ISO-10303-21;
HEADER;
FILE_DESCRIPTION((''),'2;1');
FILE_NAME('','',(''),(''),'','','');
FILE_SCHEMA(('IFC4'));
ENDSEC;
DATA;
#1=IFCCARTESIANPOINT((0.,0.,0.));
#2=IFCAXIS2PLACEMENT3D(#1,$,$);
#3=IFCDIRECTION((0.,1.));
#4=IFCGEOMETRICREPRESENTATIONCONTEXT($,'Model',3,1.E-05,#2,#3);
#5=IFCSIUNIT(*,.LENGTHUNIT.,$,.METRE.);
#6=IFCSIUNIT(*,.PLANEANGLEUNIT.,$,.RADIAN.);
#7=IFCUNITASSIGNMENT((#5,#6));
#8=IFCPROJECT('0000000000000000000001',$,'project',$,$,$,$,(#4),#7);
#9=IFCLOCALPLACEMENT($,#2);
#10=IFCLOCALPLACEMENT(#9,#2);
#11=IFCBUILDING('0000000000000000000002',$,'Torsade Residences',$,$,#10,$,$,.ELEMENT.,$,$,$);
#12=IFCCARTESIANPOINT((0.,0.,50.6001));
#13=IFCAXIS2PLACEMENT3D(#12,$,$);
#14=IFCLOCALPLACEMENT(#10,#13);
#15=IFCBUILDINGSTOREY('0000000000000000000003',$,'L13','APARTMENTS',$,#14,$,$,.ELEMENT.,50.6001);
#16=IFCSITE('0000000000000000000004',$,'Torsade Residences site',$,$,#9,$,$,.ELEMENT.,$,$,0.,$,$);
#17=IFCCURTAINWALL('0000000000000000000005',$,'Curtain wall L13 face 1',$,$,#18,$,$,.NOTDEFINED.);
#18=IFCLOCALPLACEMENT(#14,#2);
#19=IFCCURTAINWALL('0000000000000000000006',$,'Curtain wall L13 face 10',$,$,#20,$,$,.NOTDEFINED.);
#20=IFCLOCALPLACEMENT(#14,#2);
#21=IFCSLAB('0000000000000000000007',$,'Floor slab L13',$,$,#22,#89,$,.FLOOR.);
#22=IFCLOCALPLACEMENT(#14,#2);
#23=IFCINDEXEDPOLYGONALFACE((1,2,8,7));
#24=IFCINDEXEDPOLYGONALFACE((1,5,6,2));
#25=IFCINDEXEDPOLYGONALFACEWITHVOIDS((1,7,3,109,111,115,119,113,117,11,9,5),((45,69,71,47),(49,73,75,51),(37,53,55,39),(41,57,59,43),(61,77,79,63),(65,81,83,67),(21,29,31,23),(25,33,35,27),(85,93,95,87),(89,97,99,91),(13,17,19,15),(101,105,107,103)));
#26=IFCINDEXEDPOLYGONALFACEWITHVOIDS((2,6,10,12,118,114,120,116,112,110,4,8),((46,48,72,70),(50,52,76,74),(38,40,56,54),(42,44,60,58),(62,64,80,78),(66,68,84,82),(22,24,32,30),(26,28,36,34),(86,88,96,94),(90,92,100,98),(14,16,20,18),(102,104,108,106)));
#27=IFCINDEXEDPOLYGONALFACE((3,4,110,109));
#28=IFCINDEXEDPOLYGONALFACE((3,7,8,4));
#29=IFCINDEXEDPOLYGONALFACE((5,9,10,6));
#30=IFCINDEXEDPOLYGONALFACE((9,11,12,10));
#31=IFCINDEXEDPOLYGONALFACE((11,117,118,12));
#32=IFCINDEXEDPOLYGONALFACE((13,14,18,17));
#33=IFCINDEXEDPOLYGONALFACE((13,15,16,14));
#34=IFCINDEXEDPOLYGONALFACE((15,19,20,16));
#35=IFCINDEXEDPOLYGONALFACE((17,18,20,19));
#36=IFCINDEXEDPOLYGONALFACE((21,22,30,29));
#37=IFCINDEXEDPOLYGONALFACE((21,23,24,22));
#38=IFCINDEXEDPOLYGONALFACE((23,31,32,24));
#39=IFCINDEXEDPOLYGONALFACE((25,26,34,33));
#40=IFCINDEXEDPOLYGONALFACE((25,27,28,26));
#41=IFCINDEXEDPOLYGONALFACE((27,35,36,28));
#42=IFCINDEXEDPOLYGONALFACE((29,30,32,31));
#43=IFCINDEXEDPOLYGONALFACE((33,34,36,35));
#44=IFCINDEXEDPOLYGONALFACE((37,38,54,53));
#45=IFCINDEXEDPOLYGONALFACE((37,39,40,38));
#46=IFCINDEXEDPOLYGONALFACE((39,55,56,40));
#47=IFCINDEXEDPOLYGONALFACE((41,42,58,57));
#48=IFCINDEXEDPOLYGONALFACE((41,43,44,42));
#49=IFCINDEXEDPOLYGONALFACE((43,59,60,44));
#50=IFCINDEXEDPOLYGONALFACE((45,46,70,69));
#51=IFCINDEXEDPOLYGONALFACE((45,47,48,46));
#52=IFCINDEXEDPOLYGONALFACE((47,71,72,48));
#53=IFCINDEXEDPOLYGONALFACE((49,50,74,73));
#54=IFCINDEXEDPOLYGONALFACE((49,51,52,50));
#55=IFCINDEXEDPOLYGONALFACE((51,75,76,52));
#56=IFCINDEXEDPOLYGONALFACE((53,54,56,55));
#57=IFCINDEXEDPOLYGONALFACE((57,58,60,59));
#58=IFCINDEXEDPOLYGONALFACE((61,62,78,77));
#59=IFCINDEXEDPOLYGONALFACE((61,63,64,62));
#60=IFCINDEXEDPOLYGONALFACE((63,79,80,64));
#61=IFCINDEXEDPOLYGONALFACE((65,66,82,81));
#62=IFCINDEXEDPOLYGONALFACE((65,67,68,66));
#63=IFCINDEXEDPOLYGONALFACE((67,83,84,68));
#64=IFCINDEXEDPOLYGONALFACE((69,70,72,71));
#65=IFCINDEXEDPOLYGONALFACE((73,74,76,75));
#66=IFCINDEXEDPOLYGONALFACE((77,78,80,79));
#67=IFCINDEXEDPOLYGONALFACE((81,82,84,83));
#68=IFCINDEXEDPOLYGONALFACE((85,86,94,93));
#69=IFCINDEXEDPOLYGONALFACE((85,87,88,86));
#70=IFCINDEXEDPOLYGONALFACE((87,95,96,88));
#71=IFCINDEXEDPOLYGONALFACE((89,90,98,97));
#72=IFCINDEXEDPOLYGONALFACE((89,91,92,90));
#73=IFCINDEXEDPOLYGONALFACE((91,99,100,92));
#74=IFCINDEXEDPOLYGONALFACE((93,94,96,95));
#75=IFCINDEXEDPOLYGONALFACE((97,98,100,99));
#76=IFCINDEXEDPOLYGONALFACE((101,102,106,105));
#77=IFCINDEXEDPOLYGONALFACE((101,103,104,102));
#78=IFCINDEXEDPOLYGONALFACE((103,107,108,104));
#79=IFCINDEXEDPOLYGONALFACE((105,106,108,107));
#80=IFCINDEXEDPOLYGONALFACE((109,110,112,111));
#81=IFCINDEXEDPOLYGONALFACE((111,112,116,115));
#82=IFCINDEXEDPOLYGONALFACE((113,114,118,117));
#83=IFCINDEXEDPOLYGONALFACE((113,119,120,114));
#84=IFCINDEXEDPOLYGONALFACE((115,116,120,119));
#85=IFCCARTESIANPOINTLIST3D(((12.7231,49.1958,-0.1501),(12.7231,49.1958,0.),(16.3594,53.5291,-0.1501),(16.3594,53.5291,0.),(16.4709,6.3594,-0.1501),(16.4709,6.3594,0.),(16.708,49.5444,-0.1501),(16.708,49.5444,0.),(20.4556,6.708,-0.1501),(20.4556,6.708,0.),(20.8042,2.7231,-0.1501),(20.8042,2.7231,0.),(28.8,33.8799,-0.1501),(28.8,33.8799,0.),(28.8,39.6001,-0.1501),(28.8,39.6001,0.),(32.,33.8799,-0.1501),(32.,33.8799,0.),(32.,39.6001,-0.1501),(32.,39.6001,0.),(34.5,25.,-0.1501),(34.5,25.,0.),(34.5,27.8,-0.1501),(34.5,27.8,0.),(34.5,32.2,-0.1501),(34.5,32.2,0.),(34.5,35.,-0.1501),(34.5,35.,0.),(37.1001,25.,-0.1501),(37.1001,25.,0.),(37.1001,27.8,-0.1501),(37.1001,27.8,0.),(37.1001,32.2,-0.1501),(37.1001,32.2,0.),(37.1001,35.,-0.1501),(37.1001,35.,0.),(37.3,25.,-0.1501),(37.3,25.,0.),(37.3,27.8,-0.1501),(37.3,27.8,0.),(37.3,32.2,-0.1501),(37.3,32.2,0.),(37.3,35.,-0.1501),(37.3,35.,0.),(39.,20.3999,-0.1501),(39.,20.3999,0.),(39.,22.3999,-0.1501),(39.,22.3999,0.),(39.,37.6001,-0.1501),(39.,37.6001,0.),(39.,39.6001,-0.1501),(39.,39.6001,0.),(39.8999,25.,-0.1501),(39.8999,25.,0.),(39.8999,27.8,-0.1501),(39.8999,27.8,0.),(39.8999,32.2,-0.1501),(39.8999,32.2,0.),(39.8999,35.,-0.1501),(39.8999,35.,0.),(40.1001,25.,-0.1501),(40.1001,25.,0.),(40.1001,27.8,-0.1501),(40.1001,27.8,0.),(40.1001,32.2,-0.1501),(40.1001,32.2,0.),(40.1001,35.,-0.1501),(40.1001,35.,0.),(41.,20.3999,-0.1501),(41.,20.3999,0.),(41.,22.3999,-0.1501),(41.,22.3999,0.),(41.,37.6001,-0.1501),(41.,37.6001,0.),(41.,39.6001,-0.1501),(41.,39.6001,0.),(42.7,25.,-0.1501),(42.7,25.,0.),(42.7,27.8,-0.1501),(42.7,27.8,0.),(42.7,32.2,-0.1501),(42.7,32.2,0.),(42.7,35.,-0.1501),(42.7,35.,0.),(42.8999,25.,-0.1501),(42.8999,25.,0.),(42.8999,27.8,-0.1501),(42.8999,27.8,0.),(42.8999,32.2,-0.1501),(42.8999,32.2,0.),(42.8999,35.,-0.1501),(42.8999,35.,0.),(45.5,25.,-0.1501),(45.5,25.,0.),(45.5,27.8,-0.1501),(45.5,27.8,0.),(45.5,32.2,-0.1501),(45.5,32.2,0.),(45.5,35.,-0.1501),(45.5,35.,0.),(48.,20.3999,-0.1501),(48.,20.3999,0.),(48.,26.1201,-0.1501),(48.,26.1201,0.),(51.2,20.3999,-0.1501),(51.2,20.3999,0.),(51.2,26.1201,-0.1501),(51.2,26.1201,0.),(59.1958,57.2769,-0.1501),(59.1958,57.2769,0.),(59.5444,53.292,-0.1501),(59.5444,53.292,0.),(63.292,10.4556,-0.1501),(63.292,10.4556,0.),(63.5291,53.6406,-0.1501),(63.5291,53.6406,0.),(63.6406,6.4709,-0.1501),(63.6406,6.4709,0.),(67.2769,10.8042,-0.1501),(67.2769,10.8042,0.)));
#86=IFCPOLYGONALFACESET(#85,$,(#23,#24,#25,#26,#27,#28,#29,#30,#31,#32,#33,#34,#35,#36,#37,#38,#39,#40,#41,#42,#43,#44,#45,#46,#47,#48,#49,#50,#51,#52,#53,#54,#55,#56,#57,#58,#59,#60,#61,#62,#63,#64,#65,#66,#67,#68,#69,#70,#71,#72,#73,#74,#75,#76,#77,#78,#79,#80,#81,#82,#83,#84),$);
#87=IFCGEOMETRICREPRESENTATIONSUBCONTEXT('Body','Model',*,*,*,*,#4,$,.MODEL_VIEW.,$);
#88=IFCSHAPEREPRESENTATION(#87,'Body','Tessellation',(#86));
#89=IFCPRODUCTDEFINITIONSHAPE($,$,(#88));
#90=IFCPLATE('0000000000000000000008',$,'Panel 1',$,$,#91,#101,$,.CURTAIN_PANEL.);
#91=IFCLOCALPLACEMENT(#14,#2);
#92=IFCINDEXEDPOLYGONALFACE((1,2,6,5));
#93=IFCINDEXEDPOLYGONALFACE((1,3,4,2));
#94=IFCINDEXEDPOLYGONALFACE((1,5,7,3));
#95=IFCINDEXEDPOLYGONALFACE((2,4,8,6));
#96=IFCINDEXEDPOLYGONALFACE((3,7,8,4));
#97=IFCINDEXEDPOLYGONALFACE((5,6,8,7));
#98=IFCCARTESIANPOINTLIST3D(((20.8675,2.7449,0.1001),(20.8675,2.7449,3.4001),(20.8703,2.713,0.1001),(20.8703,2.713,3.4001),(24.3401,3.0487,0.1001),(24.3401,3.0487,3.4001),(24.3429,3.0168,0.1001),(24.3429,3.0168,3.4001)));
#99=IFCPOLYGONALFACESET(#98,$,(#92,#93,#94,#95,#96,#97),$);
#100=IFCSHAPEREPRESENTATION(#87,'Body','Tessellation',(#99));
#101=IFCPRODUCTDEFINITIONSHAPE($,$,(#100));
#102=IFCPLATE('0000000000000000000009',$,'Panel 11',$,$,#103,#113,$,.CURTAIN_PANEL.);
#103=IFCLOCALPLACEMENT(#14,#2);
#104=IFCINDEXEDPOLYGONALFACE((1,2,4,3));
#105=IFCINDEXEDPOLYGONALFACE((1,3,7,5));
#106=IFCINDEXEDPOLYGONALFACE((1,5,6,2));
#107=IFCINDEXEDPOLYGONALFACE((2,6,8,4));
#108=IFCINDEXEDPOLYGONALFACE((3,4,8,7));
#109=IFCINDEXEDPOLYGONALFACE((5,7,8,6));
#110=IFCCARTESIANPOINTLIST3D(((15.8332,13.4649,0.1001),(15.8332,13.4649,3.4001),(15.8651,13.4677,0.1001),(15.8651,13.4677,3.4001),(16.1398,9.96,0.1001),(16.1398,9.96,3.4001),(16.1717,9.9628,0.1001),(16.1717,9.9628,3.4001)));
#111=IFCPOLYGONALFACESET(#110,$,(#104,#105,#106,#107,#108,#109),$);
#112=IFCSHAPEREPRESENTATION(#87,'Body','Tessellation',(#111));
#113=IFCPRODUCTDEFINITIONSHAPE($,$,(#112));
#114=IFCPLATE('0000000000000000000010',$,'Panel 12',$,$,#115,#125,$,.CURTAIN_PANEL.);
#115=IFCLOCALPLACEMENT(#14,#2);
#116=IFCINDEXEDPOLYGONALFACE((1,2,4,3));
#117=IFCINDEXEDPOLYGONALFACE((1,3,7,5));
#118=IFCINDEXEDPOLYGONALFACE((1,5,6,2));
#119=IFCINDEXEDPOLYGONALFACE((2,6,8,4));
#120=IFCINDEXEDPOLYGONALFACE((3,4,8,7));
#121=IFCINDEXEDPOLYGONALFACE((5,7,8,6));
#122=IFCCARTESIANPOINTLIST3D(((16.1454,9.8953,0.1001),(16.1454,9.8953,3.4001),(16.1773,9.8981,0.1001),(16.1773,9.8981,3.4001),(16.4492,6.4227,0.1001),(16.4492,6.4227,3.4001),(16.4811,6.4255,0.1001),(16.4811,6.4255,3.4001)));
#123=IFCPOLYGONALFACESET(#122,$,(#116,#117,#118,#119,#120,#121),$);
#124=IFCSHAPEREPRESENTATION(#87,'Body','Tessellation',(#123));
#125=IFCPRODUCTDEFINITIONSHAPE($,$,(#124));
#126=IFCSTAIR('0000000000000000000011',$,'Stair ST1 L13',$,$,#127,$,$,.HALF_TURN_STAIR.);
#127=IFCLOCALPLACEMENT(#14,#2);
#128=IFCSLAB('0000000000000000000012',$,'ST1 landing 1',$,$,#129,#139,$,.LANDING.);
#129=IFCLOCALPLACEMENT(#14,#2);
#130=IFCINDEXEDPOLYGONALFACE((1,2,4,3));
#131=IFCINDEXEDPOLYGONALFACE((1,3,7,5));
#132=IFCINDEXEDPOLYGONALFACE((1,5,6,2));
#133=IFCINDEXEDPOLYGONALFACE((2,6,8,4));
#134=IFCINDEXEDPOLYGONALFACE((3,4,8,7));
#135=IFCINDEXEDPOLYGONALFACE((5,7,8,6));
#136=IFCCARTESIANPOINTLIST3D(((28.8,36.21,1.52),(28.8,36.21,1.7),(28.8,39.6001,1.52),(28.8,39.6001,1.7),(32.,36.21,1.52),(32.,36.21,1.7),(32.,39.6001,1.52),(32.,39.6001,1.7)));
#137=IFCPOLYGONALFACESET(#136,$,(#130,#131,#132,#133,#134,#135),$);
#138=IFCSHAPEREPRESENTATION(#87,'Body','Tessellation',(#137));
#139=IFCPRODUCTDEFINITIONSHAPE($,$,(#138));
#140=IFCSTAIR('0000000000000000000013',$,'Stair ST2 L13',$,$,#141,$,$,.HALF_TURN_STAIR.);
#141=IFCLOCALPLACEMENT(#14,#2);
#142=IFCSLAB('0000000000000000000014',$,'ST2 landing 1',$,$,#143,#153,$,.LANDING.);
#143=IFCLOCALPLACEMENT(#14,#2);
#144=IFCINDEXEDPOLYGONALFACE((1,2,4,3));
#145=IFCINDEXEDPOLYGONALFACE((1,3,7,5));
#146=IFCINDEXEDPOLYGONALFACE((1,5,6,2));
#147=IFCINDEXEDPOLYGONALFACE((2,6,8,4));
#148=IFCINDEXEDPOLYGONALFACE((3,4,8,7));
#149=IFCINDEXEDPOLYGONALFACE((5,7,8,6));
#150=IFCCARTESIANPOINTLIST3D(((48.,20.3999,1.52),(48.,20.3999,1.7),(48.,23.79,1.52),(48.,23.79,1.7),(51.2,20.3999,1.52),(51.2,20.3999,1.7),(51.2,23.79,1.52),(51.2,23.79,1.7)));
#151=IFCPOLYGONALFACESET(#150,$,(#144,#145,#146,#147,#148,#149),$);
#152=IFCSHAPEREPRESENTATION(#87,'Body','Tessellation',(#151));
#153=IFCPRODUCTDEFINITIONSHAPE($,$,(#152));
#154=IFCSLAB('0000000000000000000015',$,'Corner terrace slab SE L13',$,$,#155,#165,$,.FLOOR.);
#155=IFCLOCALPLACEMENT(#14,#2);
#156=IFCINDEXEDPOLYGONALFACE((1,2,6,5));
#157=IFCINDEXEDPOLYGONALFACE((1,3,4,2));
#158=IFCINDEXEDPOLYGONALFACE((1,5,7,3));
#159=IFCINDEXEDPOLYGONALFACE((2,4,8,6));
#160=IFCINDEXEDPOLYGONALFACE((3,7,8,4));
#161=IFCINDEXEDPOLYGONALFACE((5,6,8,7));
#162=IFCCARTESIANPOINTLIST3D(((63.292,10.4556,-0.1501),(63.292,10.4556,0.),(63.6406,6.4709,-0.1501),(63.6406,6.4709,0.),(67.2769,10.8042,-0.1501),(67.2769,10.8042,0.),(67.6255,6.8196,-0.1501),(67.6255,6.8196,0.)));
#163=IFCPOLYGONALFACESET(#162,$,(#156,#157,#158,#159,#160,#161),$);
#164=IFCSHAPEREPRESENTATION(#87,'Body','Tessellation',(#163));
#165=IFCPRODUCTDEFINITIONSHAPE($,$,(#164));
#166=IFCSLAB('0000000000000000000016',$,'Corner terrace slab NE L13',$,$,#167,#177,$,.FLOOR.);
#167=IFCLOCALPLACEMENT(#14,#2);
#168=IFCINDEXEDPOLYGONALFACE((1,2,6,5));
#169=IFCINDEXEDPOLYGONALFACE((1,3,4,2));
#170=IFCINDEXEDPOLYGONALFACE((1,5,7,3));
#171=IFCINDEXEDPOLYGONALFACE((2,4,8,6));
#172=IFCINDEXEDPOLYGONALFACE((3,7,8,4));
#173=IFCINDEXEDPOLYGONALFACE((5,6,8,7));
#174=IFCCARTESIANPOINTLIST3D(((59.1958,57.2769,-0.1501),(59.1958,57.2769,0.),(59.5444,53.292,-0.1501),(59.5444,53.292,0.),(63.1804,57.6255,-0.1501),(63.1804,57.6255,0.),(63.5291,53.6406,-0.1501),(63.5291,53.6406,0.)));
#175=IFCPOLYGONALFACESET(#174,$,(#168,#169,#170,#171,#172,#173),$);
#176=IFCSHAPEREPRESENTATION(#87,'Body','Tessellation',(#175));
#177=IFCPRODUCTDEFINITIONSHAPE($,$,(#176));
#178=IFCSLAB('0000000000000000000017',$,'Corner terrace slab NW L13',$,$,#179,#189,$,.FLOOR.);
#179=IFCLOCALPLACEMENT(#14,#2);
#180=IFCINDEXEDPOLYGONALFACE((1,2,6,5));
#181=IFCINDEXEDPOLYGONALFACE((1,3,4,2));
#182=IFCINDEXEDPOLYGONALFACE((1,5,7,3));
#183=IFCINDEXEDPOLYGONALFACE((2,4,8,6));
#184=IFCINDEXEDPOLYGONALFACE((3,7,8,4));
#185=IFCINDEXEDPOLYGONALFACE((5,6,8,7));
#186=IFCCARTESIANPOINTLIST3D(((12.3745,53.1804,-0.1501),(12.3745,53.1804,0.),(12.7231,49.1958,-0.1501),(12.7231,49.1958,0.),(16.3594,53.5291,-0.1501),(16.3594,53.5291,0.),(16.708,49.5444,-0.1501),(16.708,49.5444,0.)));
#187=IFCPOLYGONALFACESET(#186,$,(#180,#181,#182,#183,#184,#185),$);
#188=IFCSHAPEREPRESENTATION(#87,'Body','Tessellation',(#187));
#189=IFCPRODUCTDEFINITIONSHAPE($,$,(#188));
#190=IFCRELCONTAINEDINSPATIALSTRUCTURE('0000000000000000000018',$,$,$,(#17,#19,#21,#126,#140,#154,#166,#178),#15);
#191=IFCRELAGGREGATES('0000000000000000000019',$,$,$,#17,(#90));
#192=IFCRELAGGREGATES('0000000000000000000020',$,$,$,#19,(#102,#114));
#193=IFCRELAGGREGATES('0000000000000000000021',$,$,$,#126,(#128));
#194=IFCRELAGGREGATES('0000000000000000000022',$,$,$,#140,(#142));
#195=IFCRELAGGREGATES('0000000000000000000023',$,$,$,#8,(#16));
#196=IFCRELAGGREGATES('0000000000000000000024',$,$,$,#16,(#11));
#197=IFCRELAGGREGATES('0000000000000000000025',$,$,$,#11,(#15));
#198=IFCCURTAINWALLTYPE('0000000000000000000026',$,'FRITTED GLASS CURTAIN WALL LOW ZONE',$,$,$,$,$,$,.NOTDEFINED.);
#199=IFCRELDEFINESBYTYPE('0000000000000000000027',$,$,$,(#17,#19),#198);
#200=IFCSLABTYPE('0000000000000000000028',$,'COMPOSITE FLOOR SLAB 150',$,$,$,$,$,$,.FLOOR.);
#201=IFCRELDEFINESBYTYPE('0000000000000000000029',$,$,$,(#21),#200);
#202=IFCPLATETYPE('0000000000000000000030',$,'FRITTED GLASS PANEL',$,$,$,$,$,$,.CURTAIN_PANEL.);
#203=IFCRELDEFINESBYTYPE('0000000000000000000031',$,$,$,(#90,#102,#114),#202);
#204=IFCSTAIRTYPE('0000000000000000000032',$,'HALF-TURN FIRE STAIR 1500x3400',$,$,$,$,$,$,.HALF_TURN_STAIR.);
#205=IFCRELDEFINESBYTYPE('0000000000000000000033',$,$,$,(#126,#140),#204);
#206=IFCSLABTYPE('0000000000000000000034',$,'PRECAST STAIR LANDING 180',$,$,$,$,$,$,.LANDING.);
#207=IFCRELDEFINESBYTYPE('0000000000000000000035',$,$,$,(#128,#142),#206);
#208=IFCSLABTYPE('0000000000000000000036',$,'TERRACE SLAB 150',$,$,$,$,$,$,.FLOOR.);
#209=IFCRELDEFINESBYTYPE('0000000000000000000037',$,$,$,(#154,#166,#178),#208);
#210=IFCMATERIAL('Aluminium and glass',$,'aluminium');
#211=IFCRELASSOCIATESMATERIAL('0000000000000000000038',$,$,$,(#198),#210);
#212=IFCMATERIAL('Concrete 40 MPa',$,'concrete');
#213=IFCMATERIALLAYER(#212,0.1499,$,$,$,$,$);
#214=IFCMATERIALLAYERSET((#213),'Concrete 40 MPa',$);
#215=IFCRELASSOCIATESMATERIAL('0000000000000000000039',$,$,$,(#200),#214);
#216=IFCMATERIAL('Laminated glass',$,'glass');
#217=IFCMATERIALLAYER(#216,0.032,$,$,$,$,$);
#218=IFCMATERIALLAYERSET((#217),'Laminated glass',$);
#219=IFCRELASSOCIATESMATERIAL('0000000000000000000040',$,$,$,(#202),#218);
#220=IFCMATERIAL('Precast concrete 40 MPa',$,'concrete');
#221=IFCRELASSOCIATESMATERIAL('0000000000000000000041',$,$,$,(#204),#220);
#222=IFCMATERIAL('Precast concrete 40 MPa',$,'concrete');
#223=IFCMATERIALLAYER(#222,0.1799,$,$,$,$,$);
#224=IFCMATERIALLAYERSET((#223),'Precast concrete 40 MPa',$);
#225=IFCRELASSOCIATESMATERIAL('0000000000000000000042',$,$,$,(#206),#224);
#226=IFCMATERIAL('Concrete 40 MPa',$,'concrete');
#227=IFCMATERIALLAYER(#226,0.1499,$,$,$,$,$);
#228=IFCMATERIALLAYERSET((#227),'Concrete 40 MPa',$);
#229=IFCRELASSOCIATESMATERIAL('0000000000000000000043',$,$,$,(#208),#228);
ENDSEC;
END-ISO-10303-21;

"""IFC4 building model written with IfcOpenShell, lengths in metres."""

from ifc_helpers import new_model, si_unit, direction, frame, origin, origin_2d, place, context, subcontext, project, spatial, polyline, rectangle, outline, extrude, material, layer, layer_set, type_object, element, aggregate, save


model = new_model("IFC4")

# Units and contexts
model_context = context("Model", 3, precision=1e-05, world=origin(), true_north=direction((0.0, 1.0)))
body_context = subcontext(model_context, "Body", "Model", "MODEL_VIEW")
ifc_project = project(units=[si_unit("LENGTHUNIT", "METRE"), si_unit("PLANEANGLEUNIT", "RADIAN")], contexts=[model_context])

# Site, building, storey
site_placement = place(None, origin())
site = spatial("IfcSite", under=ifc_project, at=site_placement, Name="Torsade Residences site", CompositionType="ELEMENT", RefElevation=0.0)
building_placement = place(site_placement, origin())
building = spatial("IfcBuilding", under=site, at=building_placement, Name="Torsade Residences", CompositionType="ELEMENT")
storey_placement = place(building_placement, frame((0.0, 0.0, 50.6001)))
storey = spatial("IfcBuildingStorey", under=building, at=storey_placement, Name="L13", Description="APARTMENTS", CompositionType="ELEMENT", Elevation=50.6001)

# Curtain wall
ifc_material_1 = material(Name="Aluminium and glass", Category="aluminium")
curtain_wall_type = type_object("IfcCurtainWallType", Name="FRITTED GLASS CURTAIN WALL LOW ZONE", PredefinedType="NOTDEFINED", material=ifc_material_1)
curtain_wall_1_placement = place(storey_placement, origin())
curtain_wall_1 = element("IfcCurtainWall", 1, at=curtain_wall_1_placement, inside=storey, type_object=curtain_wall_type, Name="Curtain wall L13 face 1", PredefinedType="NOTDEFINED")

# Curtain wall
curtain_wall_2_placement = place(storey_placement, origin())
curtain_wall_2 = element("IfcCurtainWall", 2, at=curtain_wall_2_placement, inside=storey, type_object=curtain_wall_type, Name="Curtain wall L13 face 10", PredefinedType="NOTDEFINED")

# Slab
ifc_material_2 = material(Name="Concrete 40 MPa", Category="concrete")
ifc_layer_1 = layer(ifc_material_2, 0.1499)
ifc_layer_set_1 = layer_set([ifc_layer_1], Name="Concrete 40 MPa")
slab_type_1 = type_object("IfcSlabType", Name="COMPOSITE FLOOR SLAB 150", PredefinedType="FLOOR", material=ifc_layer_set_1)
slab_1_placement = place(storey_placement, frame((0.0, 0.0, -0.1501)))
element("IfcSlab", 3, at=slab_1_placement, inside=storey, type_object=slab_type_1, Name="Floor slab L13", PredefinedType="FLOOR", context=body_context, shape_type="SweptSolid", body=[
    extrude(outline(polyline([(20.8042, 2.7231), (63.6406, 6.4709), (63.292, 10.4556), (67.2769, 10.8042), (63.5291, 53.6406), (59.5444, 53.292), (59.1958, 57.2769), (16.3594, 53.5291), (16.708, 49.5444), (12.7231, 49.1958), (16.4709, 6.3594), (20.4556, 6.708), (20.8042, 2.7231)]), holes=[polyline([(51.2, 20.3999), (51.2, 26.1201), (48.0, 26.1201), (48.0, 20.3999), (51.2, 20.3999)]), polyline([(45.5, 27.8), (42.8999, 27.8), (42.8999, 25.0), (45.5, 25.0), (45.5, 27.8)]), polyline([(45.5, 32.2), (45.5, 35.0), (42.8999, 35.0), (42.8999, 32.2), (45.5, 32.2)]), polyline([(42.7, 25.0), (42.7, 27.8), (40.1001, 27.8), (40.1001, 25.0), (42.7, 25.0)]), polyline([(42.7, 32.2), (42.7, 35.0), (40.1001, 35.0), (40.1001, 32.2), (42.7, 32.2)]), polyline([(41.0, 22.3999), (39.0, 22.3999), (39.0, 20.3999), (41.0, 20.3999), (41.0, 22.3999)]), polyline([(41.0, 37.6001), (41.0, 39.6001), (39.0, 39.6001), (39.0, 37.6001), (41.0, 37.6001)]), polyline([(39.8999, 25.0), (39.8999, 27.8), (37.3, 27.8), (37.3, 25.0), (39.8999, 25.0)]), polyline([(39.8999, 35.0), (37.3, 35.0), (37.3, 32.2), (39.8999, 32.2), (39.8999, 35.0)]), polyline([(37.1001, 27.8), (34.5, 27.8), (34.5, 25.0), (37.1001, 25.0), (37.1001, 27.8)]), polyline([(37.1001, 32.2), (37.1001, 35.0), (34.5, 35.0), (34.5, 32.2), (37.1001, 32.2)]), polyline([(32.0, 33.8799), (32.0, 39.6001), (28.8, 39.6001), (28.8, 33.8799), (32.0, 33.8799)])]), origin(), (0.0, 0.0, 1.0), 0.1501),
])

# Plates
ifc_material_3 = material(Name="Laminated glass", Category="glass")
ifc_layer_2 = layer(ifc_material_3, 0.032)
ifc_layer_set_2 = layer_set([ifc_layer_2], Name="Laminated glass")
plate_type = type_object("IfcPlateType", Name="FRITTED GLASS PANEL", PredefinedType="CURTAIN_PANEL", material=ifc_layer_set_2)
plate_1_placement = place(storey_placement, frame((22.6052, 2.8809, 0.1001), z_axis=(0.0, 0.0, 1.0), x_axis=(0.996195, 0.087156, 0.0)))
plate_1 = element("IfcPlate", 4, at=plate_1_placement, type_object=plate_type, Name="Panel 1", PredefinedType="CURTAIN_PANEL", context=body_context, shape_type="SweptSolid", body=[
    extrude(rectangle(XDim=3.4858, YDim=0.032, at=origin_2d()), origin(), (0.0, 0.0, 1.0), 3.3),
])
aggregate(curtain_wall_1, [plate_1])
plate_2_placement = place(storey_placement, frame((16.0024, 11.7139, 0.1001), z_axis=(0.0, 0.0, 1.0), x_axis=(0.087156, -0.996195, 0.0)))
plate_2 = element("IfcPlate", 5, at=plate_2_placement, type_object=plate_type, Name="Panel 11", PredefinedType="CURTAIN_PANEL", context=body_context, shape_type="SweptSolid", body=[
    extrude(rectangle(XDim=3.5183, YDim=0.032, at=origin_2d()), origin(), (0.0, 0.0, 1.0), 3.3),
])
plate_3_placement = place(storey_placement, frame((16.3132, 8.1604, 0.1001), z_axis=(0.0, 0.0, 1.0), x_axis=(0.087156, -0.996195, 0.0)))
plate_3 = element("IfcPlate", 6, at=plate_3_placement, type_object=plate_type, Name="Panel 12", PredefinedType="CURTAIN_PANEL", context=body_context, shape_type="SweptSolid", body=[
    extrude(rectangle(XDim=3.4858, YDim=0.032, at=origin_2d()), origin(), (0.0, 0.0, 1.0), 3.3),
])
aggregate(curtain_wall_2, [plate_2, plate_3])

# Stairs, slabs
ifc_material_4 = material(Name="Precast concrete 40 MPa", Category="concrete")
stair_type = type_object("IfcStairType", Name="HALF-TURN FIRE STAIR 1500x3400", PredefinedType="HALF_TURN_STAIR", material=ifc_material_4)
stair_1_placement = place(storey_placement, origin())
stair_1 = element("IfcStair", 7, at=stair_1_placement, inside=storey, type_object=stair_type, Name="Stair ST1 L13", PredefinedType="HALF_TURN_STAIR")
ifc_material_5 = material(Name="Precast concrete 40 MPa", Category="concrete")
ifc_layer_3 = layer(ifc_material_5, 0.1799)
ifc_layer_set_3 = layer_set([ifc_layer_3], Name="Precast concrete 40 MPa")
slab_type_2 = type_object("IfcSlabType", Name="PRECAST STAIR LANDING 180", PredefinedType="LANDING", material=ifc_layer_set_3)
slab_2_placement = place(storey_placement, frame((0.0, 0.0, 1.52)))
slab_2 = element("IfcSlab", 8, at=slab_2_placement, type_object=slab_type_2, Name="ST1 landing 1", PredefinedType="LANDING", context=body_context, shape_type="SweptSolid", body=[
    extrude(outline(polyline([(28.8, 36.21), (32.0, 36.21), (32.0, 39.6001), (28.8, 39.6001), (28.8, 36.21)])), origin(), (0.0, 0.0, 1.0), 0.1799),
])
aggregate(stair_1, [slab_2])
stair_2_placement = place(storey_placement, origin())
stair_2 = element("IfcStair", 9, at=stair_2_placement, inside=storey, type_object=stair_type, Name="Stair ST2 L13", PredefinedType="HALF_TURN_STAIR")
slab_3_placement = place(storey_placement, frame((0.0, 0.0, 1.52)))
slab_3 = element("IfcSlab", 10, at=slab_3_placement, type_object=slab_type_2, Name="ST2 landing 1", PredefinedType="LANDING", context=body_context, shape_type="SweptSolid", body=[
    extrude(outline(polyline([(48.0, 20.3999), (51.2, 20.3999), (51.2, 23.79), (48.0, 23.79), (48.0, 20.3999)])), origin(), (0.0, 0.0, 1.0), 0.1799),
])
aggregate(stair_2, [slab_3])

# Slabs
ifc_material_6 = material(Name="Concrete 40 MPa", Category="concrete")
ifc_layer_4 = layer(ifc_material_6, 0.1499)
ifc_layer_set_4 = layer_set([ifc_layer_4], Name="Concrete 40 MPa")
slab_type_3 = type_object("IfcSlabType", Name="TERRACE SLAB 150", PredefinedType="FLOOR", material=ifc_layer_set_4)
slab_4_placement = place(storey_placement, frame((0.0, 0.0, -0.1501)))
element("IfcSlab", 11, at=slab_4_placement, inside=storey, type_object=slab_type_3, Name="Corner terrace slab SE L13", PredefinedType="FLOOR", context=body_context, shape_type="SweptSolid", body=[
    extrude(outline(polyline([(63.6406, 6.4709), (67.6255, 6.8196), (67.2769, 10.8042), (63.292, 10.4556), (63.6406, 6.4709)])), origin(), (0.0, 0.0, 1.0), 0.1501),
])
slab_5_placement = place(storey_placement, frame((0.0, 0.0, -0.1501)))
element("IfcSlab", 12, at=slab_5_placement, inside=storey, type_object=slab_type_3, Name="Corner terrace slab NE L13", PredefinedType="FLOOR", context=body_context, shape_type="SweptSolid", body=[
    extrude(outline(polyline([(59.5444, 53.292), (63.5291, 53.6406), (63.1804, 57.6255), (59.1958, 57.2769), (59.5444, 53.292)])), origin(), (0.0, 0.0, 1.0), 0.1501),
])
slab_6_placement = place(storey_placement, frame((0.0, 0.0, -0.1501)))
element("IfcSlab", 13, at=slab_6_placement, inside=storey, type_object=slab_type_3, Name="Corner terrace slab NW L13", PredefinedType="FLOOR", context=body_context, shape_type="SweptSolid", body=[
    extrude(outline(polyline([(12.7231, 49.1958), (16.708, 49.5444), (16.3594, 53.5291), (12.3745, 53.1804), (12.7231, 49.1958)])), origin(), (0.0, 0.0, 1.0), 0.1501),
])

save(model, "model.ifc")
